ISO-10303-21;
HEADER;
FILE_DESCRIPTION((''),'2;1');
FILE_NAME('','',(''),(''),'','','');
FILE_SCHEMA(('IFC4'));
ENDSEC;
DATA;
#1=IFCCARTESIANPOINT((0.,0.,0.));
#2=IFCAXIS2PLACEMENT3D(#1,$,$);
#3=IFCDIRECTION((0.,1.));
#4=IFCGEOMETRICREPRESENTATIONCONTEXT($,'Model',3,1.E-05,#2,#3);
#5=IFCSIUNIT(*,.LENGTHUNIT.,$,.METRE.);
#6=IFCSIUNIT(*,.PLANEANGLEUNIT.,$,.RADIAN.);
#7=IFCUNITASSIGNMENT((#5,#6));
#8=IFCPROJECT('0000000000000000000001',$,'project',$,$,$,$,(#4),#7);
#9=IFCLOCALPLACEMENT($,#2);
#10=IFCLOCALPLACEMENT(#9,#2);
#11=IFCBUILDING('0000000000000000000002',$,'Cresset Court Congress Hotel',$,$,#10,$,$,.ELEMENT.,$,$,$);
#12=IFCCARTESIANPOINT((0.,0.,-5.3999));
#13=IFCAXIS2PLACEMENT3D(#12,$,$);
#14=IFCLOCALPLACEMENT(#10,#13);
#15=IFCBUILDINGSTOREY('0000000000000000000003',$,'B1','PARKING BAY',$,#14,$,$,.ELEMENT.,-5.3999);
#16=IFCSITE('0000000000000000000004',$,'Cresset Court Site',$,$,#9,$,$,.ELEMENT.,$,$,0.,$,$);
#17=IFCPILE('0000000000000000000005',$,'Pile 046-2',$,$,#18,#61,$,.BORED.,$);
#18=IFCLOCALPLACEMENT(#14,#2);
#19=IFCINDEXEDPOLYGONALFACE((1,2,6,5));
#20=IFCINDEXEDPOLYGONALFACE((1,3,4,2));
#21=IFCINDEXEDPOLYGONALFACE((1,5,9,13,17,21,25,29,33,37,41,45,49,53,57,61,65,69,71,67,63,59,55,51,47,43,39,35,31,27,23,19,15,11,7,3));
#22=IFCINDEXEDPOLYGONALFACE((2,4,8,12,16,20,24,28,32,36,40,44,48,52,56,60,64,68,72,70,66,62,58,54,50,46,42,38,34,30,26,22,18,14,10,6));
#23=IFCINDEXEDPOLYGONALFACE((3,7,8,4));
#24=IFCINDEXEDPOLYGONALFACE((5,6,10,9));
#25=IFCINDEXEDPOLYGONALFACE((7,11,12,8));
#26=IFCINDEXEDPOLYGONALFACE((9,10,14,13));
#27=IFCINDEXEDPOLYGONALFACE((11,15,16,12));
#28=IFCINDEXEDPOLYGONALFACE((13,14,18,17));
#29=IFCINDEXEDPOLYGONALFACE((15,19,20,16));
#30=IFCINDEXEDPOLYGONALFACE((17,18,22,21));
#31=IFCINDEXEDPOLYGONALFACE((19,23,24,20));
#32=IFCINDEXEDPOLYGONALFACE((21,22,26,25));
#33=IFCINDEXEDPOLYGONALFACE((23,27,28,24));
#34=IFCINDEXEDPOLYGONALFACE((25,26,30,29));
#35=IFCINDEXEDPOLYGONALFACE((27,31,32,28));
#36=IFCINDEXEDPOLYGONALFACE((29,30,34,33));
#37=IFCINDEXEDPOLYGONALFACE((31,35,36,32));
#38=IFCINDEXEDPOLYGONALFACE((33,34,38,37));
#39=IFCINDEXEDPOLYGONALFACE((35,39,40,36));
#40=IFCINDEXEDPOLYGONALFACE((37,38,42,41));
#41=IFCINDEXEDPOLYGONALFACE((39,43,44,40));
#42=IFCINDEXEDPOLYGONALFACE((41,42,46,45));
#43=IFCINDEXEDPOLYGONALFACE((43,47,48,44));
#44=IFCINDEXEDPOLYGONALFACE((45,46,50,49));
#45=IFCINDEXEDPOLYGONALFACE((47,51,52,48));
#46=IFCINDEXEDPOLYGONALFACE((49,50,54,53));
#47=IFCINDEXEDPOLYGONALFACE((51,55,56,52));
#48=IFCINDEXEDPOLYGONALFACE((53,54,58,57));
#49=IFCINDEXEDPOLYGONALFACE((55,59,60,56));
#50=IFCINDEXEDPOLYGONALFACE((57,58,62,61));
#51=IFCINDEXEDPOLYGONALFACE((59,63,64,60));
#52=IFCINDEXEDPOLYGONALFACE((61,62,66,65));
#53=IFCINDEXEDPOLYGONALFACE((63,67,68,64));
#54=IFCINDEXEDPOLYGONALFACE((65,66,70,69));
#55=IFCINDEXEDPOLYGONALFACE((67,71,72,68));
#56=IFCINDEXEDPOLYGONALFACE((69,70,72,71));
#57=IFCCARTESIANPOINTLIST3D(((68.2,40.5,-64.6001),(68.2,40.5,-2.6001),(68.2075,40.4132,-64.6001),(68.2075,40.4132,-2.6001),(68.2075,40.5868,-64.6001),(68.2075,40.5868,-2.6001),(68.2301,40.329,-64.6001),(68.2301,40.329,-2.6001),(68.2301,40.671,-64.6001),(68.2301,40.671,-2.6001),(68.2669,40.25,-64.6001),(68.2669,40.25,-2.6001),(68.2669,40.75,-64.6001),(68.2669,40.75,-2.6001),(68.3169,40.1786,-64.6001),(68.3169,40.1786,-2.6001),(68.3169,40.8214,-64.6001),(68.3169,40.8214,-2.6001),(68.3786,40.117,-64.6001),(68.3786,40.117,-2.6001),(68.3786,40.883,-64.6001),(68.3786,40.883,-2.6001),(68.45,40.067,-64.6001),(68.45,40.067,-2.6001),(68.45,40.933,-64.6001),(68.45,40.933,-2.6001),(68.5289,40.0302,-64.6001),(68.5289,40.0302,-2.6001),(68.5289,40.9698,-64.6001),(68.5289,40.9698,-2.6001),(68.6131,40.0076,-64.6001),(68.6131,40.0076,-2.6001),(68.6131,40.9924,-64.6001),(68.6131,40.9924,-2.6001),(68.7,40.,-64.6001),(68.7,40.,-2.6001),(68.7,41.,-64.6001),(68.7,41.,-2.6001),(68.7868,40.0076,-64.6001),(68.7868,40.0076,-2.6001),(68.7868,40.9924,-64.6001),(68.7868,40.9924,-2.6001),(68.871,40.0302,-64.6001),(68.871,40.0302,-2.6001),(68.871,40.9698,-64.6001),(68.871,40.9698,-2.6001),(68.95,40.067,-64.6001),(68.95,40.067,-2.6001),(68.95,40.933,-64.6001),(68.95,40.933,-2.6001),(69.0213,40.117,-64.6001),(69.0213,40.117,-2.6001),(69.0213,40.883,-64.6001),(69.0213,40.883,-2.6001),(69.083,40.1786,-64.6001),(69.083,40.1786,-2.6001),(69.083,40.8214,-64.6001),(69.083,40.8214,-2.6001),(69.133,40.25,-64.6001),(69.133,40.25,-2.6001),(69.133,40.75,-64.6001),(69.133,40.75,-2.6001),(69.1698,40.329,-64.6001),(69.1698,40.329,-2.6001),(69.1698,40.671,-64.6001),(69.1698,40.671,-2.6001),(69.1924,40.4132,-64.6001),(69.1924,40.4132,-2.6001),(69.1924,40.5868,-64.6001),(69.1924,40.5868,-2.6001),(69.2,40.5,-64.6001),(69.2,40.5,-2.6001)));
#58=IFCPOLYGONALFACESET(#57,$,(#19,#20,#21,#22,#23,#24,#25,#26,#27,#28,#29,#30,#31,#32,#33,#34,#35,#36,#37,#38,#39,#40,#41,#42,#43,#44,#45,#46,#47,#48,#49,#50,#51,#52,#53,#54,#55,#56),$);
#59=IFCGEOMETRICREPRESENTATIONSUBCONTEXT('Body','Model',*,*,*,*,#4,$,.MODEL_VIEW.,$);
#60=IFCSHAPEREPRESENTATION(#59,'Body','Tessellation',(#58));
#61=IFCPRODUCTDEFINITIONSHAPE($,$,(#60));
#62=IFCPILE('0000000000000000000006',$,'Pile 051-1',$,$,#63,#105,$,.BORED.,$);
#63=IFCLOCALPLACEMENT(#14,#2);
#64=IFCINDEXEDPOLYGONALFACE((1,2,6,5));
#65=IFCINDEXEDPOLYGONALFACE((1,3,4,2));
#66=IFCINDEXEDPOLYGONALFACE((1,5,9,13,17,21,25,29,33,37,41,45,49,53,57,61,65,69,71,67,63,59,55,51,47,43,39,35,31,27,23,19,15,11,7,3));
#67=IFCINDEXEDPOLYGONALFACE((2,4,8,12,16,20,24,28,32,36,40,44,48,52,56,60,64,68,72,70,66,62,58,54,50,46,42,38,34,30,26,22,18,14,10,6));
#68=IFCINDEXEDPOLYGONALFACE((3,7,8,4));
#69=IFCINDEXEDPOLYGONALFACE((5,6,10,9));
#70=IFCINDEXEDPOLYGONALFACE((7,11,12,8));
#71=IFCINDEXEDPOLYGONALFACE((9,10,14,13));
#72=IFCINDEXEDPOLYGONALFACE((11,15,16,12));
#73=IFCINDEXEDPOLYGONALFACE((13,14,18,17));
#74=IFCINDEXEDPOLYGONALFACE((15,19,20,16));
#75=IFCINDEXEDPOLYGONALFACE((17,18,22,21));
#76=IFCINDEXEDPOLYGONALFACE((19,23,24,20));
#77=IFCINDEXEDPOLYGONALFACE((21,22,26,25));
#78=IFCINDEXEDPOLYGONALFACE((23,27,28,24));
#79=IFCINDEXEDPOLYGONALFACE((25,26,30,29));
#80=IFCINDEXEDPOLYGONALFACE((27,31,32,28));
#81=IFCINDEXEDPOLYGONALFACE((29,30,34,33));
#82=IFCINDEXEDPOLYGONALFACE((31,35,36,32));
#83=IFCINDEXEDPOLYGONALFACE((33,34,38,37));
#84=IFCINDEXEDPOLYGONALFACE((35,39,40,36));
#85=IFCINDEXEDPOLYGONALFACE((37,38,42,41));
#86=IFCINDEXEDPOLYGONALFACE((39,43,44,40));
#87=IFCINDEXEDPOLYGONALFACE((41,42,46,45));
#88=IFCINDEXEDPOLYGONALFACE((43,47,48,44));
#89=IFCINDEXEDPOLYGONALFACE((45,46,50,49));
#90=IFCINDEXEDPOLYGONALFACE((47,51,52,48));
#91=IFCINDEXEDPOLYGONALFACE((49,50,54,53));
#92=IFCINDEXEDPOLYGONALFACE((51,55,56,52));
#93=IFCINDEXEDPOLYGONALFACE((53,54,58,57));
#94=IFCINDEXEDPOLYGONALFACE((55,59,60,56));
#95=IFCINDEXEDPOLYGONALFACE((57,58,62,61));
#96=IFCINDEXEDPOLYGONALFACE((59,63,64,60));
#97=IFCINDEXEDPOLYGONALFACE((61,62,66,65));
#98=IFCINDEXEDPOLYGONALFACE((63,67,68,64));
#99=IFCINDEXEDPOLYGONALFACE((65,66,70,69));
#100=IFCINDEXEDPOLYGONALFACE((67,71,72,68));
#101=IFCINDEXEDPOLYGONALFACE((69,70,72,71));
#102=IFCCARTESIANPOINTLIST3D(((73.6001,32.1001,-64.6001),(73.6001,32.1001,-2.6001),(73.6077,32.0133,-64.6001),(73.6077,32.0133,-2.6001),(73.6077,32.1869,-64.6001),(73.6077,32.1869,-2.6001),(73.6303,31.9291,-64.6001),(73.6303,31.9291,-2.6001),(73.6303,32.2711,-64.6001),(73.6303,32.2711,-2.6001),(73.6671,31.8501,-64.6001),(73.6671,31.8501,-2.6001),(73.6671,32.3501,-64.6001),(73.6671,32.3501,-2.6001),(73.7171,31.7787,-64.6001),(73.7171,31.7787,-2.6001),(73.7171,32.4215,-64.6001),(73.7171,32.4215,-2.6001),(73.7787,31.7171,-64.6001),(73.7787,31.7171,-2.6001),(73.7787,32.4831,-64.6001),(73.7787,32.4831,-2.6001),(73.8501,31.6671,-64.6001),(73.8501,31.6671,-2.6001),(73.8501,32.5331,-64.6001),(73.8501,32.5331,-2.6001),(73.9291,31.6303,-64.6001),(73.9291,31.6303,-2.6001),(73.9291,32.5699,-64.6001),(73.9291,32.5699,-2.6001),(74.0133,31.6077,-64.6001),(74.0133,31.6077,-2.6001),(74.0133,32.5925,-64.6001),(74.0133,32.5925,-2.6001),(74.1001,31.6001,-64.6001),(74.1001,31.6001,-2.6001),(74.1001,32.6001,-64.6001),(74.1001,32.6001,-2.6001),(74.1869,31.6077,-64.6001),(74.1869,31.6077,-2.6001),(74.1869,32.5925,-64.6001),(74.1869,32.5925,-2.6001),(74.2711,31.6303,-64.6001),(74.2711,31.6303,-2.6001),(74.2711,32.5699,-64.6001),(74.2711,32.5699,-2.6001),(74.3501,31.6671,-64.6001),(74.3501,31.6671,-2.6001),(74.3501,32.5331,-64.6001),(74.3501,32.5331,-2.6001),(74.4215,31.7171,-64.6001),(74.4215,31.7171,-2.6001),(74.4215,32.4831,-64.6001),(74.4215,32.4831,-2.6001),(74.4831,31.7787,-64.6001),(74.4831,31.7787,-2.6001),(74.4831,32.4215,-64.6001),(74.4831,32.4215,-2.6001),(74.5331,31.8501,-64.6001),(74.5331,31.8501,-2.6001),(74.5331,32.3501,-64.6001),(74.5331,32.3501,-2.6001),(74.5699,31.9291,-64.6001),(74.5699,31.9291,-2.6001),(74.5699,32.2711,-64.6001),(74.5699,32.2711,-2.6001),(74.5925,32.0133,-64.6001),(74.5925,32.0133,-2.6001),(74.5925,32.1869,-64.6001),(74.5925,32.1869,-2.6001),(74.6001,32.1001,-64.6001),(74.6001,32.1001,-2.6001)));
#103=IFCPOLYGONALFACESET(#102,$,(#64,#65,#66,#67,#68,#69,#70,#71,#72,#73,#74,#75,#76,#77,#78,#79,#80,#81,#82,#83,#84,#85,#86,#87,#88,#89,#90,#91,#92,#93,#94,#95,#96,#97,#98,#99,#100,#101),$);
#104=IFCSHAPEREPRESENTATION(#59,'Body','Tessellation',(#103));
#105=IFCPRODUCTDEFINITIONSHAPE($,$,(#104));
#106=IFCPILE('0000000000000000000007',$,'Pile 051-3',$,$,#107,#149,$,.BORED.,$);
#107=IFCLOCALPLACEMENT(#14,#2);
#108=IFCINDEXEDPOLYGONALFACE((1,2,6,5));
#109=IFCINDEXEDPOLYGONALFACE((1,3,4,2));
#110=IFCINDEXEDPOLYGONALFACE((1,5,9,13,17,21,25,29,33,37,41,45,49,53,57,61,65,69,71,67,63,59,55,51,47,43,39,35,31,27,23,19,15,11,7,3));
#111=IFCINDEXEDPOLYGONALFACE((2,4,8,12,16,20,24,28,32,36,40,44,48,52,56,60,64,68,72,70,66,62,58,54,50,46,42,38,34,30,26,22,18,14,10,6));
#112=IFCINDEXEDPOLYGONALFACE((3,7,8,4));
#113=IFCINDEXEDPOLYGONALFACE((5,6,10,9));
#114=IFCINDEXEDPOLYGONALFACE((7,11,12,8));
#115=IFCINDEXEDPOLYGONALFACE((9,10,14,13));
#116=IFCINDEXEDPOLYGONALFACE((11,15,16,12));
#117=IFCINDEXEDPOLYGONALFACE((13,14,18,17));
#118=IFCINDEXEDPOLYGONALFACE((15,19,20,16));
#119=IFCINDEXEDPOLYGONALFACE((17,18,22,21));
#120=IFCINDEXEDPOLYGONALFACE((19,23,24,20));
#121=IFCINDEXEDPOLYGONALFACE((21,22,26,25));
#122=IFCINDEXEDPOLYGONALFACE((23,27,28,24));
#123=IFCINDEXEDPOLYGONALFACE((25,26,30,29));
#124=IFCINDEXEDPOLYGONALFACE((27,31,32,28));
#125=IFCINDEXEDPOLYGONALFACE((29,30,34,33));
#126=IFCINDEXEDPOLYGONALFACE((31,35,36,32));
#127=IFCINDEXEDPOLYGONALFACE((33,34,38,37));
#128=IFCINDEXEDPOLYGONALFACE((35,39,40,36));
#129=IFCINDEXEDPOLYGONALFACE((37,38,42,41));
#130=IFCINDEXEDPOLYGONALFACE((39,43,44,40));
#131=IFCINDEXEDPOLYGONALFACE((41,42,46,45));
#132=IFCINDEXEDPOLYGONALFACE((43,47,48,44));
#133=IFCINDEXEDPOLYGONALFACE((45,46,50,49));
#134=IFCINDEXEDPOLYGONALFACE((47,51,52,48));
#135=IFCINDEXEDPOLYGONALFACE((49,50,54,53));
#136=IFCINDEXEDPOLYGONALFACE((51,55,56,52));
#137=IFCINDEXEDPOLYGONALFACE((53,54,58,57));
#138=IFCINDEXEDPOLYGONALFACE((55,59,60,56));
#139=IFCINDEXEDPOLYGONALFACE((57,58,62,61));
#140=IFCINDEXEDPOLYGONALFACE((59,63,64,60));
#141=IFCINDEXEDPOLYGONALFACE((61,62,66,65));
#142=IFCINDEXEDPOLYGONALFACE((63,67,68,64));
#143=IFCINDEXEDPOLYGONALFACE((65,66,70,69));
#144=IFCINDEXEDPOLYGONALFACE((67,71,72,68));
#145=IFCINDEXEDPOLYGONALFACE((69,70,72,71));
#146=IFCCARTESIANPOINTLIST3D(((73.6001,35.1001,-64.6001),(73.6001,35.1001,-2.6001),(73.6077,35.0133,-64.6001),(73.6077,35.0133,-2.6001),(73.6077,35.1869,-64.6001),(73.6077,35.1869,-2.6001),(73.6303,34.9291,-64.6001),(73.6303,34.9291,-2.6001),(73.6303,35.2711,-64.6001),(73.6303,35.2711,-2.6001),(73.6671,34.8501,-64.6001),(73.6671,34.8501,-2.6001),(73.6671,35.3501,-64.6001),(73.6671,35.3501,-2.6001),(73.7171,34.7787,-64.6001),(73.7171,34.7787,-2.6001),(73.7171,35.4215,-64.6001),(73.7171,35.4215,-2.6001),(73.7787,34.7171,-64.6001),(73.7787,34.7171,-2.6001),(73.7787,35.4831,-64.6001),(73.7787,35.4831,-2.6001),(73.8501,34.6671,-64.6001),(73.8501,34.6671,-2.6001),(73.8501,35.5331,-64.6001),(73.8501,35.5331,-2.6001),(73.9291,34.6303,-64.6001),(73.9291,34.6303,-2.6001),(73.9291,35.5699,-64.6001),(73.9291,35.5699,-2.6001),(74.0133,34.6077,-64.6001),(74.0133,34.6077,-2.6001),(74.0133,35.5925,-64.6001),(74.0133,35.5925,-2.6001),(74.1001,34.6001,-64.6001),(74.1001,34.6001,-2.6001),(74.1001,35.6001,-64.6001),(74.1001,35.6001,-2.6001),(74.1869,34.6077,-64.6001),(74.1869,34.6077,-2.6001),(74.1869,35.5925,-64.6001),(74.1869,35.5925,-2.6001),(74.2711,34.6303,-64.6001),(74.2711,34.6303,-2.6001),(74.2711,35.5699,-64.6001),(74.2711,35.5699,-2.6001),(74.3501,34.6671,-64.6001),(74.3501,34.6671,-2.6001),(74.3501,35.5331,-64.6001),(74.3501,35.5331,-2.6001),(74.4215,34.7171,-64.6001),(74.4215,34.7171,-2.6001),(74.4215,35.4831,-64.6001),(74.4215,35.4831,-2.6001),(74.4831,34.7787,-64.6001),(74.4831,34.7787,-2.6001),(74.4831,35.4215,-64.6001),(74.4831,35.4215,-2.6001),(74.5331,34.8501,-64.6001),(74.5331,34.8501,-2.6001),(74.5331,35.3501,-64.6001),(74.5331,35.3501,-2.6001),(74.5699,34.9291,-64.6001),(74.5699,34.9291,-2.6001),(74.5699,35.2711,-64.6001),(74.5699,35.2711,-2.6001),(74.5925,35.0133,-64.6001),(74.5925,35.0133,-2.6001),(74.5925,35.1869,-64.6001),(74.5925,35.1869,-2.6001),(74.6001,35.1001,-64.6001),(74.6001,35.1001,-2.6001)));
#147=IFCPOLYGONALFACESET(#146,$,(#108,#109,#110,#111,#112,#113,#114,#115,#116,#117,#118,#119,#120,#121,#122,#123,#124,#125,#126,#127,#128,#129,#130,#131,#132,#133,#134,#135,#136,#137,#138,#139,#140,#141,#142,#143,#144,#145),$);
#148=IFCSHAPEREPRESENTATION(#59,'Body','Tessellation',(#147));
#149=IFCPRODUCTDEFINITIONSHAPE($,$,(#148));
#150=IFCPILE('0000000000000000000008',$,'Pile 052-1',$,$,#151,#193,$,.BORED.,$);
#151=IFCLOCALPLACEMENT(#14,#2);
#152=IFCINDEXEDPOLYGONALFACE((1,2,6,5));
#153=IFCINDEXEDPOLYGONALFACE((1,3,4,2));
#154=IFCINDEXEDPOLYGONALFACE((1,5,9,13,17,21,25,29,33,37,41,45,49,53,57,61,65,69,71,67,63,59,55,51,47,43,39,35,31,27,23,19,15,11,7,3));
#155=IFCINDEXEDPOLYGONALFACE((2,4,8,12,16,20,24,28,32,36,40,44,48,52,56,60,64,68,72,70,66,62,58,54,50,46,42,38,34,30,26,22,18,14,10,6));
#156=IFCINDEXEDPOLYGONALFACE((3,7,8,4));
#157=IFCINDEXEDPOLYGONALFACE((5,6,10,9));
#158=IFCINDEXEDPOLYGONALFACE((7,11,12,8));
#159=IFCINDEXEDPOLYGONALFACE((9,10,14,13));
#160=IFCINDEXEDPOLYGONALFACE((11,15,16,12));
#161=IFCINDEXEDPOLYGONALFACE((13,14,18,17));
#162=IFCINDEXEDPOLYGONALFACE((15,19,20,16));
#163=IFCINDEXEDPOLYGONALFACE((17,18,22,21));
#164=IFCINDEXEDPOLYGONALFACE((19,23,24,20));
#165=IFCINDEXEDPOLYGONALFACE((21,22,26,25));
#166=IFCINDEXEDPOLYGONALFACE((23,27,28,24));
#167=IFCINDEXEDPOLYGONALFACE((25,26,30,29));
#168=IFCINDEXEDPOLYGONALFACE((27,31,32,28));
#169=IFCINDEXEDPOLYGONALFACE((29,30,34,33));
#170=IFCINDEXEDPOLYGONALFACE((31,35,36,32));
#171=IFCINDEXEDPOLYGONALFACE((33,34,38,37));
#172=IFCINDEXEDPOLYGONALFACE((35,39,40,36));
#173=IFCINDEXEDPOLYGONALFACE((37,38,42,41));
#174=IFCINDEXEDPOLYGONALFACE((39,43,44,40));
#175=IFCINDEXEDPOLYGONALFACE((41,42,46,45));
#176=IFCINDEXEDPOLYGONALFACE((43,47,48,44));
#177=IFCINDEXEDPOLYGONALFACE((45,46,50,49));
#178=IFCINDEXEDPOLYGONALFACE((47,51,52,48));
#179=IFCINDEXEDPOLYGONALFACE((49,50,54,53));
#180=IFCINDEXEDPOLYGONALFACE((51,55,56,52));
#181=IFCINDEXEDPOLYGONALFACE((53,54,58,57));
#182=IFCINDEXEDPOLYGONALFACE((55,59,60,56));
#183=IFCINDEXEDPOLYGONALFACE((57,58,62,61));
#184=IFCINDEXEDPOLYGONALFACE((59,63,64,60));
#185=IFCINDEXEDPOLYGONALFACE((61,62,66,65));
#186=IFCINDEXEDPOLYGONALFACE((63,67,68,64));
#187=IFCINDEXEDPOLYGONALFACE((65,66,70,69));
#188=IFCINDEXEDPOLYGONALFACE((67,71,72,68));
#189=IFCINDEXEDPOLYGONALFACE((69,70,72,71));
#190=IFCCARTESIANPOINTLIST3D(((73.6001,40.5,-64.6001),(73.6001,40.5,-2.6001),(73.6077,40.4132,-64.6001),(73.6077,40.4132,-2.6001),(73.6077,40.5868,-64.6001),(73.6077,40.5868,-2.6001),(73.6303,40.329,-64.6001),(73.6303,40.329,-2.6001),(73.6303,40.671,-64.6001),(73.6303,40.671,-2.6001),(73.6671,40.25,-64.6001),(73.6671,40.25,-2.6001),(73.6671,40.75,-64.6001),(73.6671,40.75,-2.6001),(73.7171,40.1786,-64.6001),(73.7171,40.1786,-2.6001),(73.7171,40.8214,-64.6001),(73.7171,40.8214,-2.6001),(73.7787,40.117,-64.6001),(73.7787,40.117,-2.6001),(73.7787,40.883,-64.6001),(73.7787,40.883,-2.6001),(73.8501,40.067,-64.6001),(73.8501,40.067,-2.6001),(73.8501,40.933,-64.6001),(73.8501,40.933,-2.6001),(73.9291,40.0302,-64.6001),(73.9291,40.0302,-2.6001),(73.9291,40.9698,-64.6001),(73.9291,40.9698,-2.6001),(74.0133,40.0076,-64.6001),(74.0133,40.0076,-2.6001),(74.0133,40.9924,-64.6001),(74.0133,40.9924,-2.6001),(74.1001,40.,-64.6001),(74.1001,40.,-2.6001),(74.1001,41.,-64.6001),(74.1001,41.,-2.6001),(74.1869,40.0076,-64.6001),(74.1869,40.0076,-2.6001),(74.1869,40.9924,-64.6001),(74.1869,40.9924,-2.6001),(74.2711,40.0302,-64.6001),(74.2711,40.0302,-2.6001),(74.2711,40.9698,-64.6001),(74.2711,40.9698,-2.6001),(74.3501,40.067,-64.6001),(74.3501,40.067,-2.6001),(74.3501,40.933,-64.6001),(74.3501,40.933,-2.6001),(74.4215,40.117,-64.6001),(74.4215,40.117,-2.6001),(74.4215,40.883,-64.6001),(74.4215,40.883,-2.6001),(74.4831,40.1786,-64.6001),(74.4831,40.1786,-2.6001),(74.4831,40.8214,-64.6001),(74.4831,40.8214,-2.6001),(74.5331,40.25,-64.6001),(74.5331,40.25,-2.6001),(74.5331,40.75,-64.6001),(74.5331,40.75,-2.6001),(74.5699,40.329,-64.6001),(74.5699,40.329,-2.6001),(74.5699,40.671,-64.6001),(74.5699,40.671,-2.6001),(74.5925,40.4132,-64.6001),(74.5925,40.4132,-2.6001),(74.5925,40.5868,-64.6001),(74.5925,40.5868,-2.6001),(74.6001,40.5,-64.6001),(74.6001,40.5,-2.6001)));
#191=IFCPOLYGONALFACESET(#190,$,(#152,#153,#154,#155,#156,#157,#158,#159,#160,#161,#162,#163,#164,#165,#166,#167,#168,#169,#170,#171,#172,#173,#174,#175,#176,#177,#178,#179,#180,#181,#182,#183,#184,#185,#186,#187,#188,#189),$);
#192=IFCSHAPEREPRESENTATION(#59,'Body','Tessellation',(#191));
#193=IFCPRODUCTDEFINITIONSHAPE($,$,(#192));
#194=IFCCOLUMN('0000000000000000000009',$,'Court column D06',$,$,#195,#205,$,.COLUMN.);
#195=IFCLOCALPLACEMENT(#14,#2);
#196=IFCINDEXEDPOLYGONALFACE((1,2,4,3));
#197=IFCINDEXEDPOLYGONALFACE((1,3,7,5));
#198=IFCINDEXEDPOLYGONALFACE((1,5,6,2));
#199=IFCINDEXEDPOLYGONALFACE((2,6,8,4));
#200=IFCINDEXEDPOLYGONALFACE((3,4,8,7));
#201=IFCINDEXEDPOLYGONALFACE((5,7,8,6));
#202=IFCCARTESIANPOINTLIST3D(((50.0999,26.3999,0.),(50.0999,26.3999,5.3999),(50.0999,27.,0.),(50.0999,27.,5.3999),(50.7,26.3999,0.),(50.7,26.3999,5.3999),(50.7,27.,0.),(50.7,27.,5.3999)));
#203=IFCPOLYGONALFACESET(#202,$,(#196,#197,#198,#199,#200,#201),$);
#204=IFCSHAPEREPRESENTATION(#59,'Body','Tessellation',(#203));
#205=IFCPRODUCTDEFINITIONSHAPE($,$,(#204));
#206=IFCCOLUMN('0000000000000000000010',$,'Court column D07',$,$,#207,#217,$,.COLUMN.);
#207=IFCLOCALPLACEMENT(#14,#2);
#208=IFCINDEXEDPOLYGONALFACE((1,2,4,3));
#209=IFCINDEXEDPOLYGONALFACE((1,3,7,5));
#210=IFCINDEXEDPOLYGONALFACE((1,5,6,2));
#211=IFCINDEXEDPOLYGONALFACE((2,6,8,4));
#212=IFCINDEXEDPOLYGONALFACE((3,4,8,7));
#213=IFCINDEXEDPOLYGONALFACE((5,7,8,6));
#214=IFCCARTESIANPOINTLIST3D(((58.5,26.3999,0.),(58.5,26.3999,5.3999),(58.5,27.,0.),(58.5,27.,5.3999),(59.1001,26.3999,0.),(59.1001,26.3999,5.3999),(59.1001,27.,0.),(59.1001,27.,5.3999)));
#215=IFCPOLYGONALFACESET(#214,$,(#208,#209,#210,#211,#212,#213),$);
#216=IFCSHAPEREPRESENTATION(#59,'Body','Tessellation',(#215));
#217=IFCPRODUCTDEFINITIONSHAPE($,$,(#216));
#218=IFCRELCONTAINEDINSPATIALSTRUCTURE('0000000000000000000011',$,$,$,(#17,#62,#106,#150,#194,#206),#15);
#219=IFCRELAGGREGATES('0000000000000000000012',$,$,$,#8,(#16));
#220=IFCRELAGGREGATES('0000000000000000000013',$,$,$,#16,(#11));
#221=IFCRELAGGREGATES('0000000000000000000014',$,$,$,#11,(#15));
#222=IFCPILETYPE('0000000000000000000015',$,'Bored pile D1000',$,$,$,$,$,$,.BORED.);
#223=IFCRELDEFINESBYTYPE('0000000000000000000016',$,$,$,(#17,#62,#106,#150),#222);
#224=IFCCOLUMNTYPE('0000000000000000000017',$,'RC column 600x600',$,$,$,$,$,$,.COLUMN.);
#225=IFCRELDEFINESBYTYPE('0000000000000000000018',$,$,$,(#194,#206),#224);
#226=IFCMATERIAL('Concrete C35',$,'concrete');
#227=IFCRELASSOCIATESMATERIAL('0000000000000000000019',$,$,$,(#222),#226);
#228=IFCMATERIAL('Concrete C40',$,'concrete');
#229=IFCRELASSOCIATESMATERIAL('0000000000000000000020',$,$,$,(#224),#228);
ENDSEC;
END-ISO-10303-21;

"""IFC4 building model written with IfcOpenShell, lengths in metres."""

from ifc_helpers import new_model, si_unit, direction, frame, origin, origin_2d, place, context, subcontext, project, spatial, rectangle, circle, extrude, material, material_profile, profile_set, type_object, element, save


model = new_model("IFC4")

# Units and contexts
model_context = context("Model", 3, precision=1e-05, world=origin(), true_north=direction((0.0, 1.0)))
body_context = subcontext(model_context, "Body", "Model", "MODEL_VIEW")
ifc_project = project(units=[si_unit("LENGTHUNIT", "METRE"), si_unit("PLANEANGLEUNIT", "RADIAN")], contexts=[model_context])

# Site, building, storey
site_placement = place(None, origin())
site = spatial("IfcSite", under=ifc_project, at=site_placement, Name="Cresset Court Site", CompositionType="ELEMENT", RefElevation=0.0)
building_placement = place(site_placement, origin())
building = spatial("IfcBuilding", under=site, at=building_placement, Name="Cresset Court Congress Hotel", CompositionType="ELEMENT")
storey_placement = place(building_placement, frame((0.0, 0.0, -5.3999)))
storey = spatial("IfcBuildingStorey", under=building, at=storey_placement, Name="B1", Description="PARKING BAY", CompositionType="ELEMENT", Elevation=-5.3999)

# Piles
ifc_material_1 = material(Name="Concrete C35", Category="concrete")
pile_type = type_object("IfcPileType", Name="Bored pile D1000", PredefinedType="BORED", material=ifc_material_1)
for number, where, z_axis, x_axis, name in (
    (1, (68.7, 40.5, -2.6001), (0.0, 0.0, -1.0), (1.0, 0.0, 0.0), "Pile 046-2"),
    (2, (74.1001, 32.1001, -2.6001), (0.0, 0.0, -1.0), (1.0, 0.0, 0.0), "Pile 051-1"),
    (3, (74.1001, 35.1001, -2.6001), (0.0, 0.0, -1.0), (1.0, 0.0, 0.0), "Pile 051-3"),
    (4, (74.1001, 40.5, -2.6001), (0.0, 0.0, -1.0), (1.0, 0.0, 0.0), "Pile 052-1"),
):
    element("IfcPile", number, at=place(storey_placement, frame(where, z_axis=z_axis, x_axis=x_axis)), inside=storey, type_object=pile_type, Name=name, PredefinedType="BORED", context=body_context, shape_type="SweptSolid", body=[
        extrude(circle(Radius=0.5, at=origin_2d()), origin(), (0.0, 0.0, 1.0), 62.0),
    ])

# Columns
ifc_material_2 = material(Name="Concrete C40", Category="concrete")
ifc_material_profile_1 = material_profile(ifc_material_2, rectangle(XDim=0.6001, YDim=0.6001, at=origin_2d()), Name="RC600x600")
ifc_profile_set_1 = profile_set([ifc_material_profile_1], Name="Concrete C40")
column_type_1 = type_object("IfcColumnType", Name="RC column 600x600", PredefinedType="COLUMN", material=ifc_profile_set_1)
for number, where, z_axis, x_axis, name in (
    (5, (50.3999, 26.7, 0.0), (0.0, 0.0, 1.0), (1.0, 0.0, 0.0), "Court column D06"),
    (6, (58.8, 26.7, 0.0), (0.0, 0.0, 1.0), (1.0, 0.0, 0.0), "Court column D07"),
):
    element("IfcColumn", number, at=place(storey_placement, frame(where, z_axis=z_axis, x_axis=x_axis)), inside=storey, type_object=column_type_1, Name=name, PredefinedType="COLUMN", context=body_context, shape_type="SweptSolid", body=[
        extrude(rectangle(XDim=0.6001, YDim=0.6001, at=origin_2d()), origin(), (0.0, 0.0, 1.0), 5.3999),
    ])

save(model, "model.ifc")
